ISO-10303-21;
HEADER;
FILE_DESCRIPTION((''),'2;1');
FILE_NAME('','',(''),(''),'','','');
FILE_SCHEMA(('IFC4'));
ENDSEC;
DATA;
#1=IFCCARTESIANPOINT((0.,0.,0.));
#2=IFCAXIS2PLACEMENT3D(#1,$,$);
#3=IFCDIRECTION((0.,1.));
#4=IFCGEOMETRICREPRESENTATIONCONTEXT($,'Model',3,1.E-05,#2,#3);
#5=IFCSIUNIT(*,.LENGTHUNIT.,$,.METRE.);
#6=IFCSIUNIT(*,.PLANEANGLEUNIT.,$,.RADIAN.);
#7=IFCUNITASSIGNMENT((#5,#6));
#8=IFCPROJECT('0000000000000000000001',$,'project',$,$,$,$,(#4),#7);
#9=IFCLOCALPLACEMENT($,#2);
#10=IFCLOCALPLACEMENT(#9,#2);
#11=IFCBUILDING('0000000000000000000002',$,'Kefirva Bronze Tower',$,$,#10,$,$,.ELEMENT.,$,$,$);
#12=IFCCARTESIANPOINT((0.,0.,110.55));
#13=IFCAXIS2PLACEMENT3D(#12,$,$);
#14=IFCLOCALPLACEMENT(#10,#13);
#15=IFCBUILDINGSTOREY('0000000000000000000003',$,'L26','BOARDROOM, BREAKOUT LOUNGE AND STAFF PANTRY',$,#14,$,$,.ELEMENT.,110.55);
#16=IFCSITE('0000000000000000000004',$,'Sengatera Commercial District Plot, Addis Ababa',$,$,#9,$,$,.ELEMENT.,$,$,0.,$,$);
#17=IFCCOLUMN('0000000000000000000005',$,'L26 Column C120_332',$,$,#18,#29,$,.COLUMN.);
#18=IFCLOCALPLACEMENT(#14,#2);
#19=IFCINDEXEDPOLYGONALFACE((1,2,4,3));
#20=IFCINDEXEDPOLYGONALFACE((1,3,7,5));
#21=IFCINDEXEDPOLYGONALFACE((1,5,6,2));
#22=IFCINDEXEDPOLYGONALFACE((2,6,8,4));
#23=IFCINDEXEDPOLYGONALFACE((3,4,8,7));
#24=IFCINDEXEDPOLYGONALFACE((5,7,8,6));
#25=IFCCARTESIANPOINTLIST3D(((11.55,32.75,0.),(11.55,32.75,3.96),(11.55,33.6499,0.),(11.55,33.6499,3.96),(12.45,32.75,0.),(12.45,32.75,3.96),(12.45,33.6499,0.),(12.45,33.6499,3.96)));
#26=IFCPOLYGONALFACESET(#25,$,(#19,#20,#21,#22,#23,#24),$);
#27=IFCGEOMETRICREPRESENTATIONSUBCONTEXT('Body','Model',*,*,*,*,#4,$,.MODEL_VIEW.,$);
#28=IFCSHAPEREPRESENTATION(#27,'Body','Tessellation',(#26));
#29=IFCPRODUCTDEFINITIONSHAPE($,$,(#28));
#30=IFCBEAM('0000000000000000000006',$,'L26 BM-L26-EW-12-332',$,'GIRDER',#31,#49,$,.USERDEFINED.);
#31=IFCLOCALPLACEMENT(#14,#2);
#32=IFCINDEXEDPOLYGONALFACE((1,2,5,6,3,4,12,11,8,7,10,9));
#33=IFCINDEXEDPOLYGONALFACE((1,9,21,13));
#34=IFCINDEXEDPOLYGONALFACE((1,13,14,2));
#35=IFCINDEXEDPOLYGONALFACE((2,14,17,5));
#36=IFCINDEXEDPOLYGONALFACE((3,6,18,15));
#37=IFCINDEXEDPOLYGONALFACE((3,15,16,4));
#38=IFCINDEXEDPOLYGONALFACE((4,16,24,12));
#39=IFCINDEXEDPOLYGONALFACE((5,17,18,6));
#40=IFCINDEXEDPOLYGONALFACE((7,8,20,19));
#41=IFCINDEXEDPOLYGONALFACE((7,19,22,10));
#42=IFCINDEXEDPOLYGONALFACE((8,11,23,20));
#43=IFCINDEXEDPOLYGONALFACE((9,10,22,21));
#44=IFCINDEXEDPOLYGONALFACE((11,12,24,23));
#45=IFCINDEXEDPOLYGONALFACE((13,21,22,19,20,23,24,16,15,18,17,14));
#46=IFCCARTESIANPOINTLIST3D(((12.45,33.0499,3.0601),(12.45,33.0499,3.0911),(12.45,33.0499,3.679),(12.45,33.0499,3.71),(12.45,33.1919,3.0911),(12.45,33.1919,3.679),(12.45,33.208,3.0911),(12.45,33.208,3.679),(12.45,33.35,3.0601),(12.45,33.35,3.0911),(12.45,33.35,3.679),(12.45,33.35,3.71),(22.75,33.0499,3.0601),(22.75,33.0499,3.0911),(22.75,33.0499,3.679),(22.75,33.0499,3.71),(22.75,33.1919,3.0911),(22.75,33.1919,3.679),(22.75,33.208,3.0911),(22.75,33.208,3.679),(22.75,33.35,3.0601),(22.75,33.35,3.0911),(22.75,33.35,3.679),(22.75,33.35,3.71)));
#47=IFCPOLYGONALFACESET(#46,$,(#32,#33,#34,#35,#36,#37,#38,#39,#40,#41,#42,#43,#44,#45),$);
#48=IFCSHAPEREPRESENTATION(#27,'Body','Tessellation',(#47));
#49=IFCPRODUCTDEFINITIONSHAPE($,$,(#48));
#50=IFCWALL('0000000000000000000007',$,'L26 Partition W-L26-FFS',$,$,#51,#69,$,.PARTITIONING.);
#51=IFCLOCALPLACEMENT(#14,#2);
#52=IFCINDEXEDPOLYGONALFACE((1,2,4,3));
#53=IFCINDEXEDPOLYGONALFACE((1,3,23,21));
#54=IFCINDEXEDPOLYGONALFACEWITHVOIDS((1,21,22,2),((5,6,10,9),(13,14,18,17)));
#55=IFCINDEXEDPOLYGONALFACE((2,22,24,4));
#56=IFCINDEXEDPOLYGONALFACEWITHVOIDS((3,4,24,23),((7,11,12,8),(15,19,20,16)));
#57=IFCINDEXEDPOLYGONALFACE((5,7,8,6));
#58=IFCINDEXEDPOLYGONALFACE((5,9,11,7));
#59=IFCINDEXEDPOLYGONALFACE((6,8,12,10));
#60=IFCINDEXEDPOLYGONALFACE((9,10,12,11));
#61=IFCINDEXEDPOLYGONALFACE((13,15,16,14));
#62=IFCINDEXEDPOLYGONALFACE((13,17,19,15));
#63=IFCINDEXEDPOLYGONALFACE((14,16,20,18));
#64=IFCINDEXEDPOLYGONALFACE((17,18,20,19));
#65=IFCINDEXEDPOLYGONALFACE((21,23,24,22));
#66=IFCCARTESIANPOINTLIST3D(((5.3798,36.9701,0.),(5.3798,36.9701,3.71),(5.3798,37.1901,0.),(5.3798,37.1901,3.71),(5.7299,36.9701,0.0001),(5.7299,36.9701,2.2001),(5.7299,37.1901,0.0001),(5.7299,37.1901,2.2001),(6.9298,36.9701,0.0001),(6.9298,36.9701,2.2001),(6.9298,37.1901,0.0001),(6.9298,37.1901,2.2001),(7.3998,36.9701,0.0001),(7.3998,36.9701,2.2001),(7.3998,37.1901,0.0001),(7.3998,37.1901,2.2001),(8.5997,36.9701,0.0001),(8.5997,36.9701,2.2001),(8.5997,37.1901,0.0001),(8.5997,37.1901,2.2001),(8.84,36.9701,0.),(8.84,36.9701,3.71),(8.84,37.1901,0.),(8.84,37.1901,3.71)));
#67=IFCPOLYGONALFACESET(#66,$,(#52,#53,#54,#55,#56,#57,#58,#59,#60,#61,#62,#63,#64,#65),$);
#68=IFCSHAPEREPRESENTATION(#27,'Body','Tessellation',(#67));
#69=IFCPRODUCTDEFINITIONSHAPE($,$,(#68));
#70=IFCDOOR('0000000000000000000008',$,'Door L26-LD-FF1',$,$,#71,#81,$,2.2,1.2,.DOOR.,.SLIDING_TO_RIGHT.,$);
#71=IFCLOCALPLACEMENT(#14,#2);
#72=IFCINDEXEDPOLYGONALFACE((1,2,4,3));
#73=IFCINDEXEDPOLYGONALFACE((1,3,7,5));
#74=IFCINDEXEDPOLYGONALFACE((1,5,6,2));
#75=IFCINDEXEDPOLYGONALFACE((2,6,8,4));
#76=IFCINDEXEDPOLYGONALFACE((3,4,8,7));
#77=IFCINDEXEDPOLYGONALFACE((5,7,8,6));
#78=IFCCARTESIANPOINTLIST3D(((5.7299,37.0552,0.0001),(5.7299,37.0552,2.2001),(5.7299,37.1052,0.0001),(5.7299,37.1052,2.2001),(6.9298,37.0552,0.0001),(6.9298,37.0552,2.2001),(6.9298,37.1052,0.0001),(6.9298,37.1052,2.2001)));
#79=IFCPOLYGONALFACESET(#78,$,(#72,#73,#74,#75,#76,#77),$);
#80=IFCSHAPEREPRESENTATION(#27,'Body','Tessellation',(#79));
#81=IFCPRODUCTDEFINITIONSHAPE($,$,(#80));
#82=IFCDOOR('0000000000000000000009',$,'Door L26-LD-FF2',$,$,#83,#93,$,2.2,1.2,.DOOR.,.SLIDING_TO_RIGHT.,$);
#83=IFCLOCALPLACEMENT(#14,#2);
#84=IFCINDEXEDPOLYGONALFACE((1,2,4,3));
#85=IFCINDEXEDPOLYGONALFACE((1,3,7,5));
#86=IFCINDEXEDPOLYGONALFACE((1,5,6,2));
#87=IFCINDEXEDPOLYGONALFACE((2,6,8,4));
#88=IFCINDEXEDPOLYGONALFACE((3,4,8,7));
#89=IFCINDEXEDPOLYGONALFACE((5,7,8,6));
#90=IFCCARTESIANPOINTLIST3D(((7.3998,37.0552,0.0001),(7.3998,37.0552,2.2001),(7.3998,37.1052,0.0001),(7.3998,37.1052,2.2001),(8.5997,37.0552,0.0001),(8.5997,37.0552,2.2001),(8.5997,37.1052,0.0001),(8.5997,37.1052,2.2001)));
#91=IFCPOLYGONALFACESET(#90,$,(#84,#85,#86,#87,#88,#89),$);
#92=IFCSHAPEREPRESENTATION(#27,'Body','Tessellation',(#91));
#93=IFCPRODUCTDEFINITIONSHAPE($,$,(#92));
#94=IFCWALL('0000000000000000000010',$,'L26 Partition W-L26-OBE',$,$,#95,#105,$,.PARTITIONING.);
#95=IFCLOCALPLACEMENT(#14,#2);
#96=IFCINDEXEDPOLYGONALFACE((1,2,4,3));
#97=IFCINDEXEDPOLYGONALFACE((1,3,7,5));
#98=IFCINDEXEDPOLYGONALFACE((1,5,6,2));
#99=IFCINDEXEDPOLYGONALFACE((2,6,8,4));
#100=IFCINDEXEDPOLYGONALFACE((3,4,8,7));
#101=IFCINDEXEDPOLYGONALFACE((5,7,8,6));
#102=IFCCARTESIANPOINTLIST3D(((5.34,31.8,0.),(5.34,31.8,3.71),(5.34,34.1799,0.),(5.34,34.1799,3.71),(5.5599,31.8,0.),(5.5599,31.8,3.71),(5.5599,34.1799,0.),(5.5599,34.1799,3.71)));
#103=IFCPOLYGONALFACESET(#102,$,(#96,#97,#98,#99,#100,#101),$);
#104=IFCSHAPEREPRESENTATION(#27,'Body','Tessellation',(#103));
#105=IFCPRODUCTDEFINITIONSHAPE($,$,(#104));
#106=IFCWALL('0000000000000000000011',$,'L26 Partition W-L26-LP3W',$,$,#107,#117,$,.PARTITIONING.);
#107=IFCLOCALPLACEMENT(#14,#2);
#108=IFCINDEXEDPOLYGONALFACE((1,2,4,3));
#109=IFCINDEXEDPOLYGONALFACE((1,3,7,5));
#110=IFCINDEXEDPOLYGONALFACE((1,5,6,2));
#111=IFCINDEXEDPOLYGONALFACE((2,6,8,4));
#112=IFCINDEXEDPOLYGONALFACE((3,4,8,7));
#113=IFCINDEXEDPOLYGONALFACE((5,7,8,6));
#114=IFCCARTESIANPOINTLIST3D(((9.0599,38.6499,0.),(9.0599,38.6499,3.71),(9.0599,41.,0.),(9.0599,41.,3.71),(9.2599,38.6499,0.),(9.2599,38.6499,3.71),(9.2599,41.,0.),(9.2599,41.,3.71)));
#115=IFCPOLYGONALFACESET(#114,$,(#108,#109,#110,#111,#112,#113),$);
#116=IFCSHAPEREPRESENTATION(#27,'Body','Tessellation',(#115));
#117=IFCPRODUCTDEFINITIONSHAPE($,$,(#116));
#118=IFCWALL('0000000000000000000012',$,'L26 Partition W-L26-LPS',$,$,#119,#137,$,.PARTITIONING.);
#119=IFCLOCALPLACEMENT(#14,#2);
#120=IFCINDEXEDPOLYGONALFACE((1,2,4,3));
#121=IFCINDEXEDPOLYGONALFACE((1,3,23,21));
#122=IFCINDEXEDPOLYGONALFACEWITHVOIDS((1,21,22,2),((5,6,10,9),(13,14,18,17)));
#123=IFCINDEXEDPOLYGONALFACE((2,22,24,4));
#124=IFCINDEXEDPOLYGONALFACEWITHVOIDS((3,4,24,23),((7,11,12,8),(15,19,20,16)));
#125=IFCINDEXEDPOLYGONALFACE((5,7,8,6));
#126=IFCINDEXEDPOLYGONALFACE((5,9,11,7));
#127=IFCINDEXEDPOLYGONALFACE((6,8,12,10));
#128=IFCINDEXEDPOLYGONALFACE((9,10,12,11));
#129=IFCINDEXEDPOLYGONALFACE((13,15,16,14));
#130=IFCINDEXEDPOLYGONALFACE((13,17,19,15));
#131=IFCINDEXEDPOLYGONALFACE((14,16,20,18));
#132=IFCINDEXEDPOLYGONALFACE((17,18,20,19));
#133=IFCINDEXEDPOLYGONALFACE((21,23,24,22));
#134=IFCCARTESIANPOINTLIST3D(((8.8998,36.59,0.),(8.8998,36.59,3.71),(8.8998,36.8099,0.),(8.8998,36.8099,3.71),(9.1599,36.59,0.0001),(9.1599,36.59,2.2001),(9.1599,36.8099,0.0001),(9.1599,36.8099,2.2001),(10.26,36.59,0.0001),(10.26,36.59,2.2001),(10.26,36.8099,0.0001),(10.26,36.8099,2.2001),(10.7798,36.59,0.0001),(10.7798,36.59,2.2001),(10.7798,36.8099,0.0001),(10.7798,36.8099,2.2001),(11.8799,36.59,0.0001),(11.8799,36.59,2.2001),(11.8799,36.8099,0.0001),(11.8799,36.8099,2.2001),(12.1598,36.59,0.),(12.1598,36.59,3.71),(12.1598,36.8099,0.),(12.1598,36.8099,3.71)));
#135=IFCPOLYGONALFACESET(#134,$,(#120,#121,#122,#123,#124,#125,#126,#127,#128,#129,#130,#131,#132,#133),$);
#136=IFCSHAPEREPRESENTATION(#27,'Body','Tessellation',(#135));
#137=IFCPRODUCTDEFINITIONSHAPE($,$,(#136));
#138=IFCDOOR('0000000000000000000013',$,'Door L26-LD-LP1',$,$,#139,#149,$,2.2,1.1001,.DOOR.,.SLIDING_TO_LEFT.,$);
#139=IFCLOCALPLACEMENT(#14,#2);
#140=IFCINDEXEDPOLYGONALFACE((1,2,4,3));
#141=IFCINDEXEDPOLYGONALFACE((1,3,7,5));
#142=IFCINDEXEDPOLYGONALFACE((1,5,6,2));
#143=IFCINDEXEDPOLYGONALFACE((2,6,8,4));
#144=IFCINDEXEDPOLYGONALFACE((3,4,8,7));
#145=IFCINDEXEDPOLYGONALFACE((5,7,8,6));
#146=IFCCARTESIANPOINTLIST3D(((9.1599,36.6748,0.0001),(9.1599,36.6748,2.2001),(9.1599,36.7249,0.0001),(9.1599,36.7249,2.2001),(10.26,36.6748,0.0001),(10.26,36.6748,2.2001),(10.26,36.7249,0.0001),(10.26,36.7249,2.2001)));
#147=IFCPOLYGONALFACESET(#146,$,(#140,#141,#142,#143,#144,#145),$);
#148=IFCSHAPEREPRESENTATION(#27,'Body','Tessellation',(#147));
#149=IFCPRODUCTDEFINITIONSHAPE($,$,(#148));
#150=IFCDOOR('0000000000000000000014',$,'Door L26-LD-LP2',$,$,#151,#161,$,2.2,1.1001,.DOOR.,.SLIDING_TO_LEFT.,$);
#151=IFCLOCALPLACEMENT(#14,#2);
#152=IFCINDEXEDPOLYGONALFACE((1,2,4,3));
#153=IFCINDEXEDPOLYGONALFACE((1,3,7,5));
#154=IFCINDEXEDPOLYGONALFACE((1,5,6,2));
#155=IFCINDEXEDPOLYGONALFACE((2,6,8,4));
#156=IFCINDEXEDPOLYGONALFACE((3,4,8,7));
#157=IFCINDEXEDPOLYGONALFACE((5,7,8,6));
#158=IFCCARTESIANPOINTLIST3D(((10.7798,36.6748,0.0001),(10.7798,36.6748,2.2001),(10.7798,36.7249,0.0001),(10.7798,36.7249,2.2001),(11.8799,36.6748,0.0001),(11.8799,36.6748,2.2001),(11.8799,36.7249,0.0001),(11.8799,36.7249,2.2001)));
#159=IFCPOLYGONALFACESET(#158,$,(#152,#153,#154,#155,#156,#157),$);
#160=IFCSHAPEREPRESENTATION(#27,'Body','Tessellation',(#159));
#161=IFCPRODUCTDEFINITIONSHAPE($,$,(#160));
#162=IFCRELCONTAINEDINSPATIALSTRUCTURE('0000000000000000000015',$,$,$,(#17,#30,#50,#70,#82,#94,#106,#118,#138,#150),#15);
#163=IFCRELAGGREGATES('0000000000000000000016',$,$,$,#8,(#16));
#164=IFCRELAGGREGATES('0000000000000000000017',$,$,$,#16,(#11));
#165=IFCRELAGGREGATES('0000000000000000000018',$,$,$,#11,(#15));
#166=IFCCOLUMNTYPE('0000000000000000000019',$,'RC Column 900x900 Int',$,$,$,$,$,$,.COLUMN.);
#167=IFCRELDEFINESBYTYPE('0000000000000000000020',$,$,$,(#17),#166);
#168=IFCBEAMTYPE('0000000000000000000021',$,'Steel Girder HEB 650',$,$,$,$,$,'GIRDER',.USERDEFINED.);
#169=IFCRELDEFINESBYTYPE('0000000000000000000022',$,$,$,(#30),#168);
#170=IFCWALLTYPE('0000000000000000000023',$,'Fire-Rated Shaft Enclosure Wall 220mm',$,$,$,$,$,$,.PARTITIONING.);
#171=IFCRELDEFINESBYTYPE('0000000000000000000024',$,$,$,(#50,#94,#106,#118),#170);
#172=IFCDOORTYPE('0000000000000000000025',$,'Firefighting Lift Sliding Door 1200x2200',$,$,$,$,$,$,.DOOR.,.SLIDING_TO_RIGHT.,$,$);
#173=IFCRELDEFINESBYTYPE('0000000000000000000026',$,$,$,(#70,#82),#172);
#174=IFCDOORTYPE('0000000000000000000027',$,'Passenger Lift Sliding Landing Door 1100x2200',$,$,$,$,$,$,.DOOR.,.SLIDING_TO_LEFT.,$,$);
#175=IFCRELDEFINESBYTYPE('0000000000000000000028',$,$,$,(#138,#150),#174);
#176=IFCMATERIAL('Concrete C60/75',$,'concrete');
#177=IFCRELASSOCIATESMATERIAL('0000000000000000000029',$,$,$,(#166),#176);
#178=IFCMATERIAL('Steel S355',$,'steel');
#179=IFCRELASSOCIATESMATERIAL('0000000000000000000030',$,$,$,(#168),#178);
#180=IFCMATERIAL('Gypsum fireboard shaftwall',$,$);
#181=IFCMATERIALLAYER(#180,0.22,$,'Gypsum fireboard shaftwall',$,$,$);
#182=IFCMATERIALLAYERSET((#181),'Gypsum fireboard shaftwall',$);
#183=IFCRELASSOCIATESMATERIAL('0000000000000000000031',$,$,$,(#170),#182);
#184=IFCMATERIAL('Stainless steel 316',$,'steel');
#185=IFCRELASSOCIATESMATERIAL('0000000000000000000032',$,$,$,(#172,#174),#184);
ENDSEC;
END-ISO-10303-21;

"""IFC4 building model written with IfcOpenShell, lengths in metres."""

from ifc_helpers import new_model, si_unit, direction, frame, frame_2d, origin, origin_2d, place, context, subcontext, project, spatial, rectangle, i_section, extrude, material, layer, layer_set, material_profile, profile_set, type_object, element, fill, save


model = new_model("IFC4")

# Units and contexts
model_context = context("Model", 3, precision=1e-05, world=origin(), true_north=direction((0.0, 1.0)))
body_context = subcontext(model_context, "Body", "Model", "MODEL_VIEW")
ifc_project = project(units=[si_unit("LENGTHUNIT", "METRE"), si_unit("PLANEANGLEUNIT", "RADIAN")], contexts=[model_context])

# Site, building, storey
site_placement = place(None, origin())
site = spatial("IfcSite", under=ifc_project, at=site_placement, Name="Sengatera Commercial District Plot, Addis Ababa", CompositionType="ELEMENT", RefElevation=0.0)
building_placement = place(site_placement, origin())
building = spatial("IfcBuilding", under=site, at=building_placement, Name="Kefirva Bronze Tower", CompositionType="ELEMENT")
storey_placement = place(building_placement, frame((0.0, 0.0, 110.55)))
storey = spatial("IfcBuildingStorey", under=building, at=storey_placement, Name="L26", Description="BOARDROOM, BREAKOUT LOUNGE AND STAFF PANTRY", CompositionType="ELEMENT", Elevation=110.55)

# Column
ifc_material_1 = material(Name="Concrete C60/75", Category="concrete")
ifc_material_profile_1 = material_profile(ifc_material_1, rectangle(XDim=0.8999, YDim=0.8999, at=origin_2d()), Name="RC 900x900")
ifc_profile_set_1 = profile_set([ifc_material_profile_1], Name="Concrete C60/75")
column_type = type_object("IfcColumnType", Name="RC Column 900x900 Int", PredefinedType="COLUMN", material=ifc_profile_set_1)
column_placement = place(storey_placement, frame((12.0, 33.2, 0.0), z_axis=(0.0, 0.0, 1.0), x_axis=(1.0, 0.0, 0.0)))
element("IfcColumn", 1, at=column_placement, inside=storey, type_object=column_type, Name="L26 Column C120_332", PredefinedType="COLUMN", context=body_context, shape_type="SweptSolid", body=[
    extrude(rectangle(XDim=0.8999, YDim=0.8999, at=origin_2d()), origin(), (0.0, 0.0, 1.0), 3.96),
])

# Beam
ifc_material_2 = material(Name="Steel S355", Category="steel")
ifc_material_profile_2 = material_profile(ifc_material_2, i_section(OverallWidth=0.3, OverallDepth=0.6499, WebThickness=0.0161, FlangeThickness=0.031, at=origin_2d()), Name="HEB 650")
ifc_profile_set_2 = profile_set([ifc_material_profile_2], Name="Steel S355")
beam_type = type_object("IfcBeamType", Name="Steel Girder HEB 650", ElementType="GIRDER", PredefinedType="USERDEFINED", material=ifc_profile_set_2)
beam_placement = place(storey_placement, frame((12.45, 33.2, 3.385), z_axis=(1.0, 0.0, 0.0), x_axis=(0.0, 1.0, 0.0)))
element("IfcBeam", 2, at=beam_placement, inside=storey, type_object=beam_type, Name="L26 BM-L26-EW-12-332", ObjectType="GIRDER", PredefinedType="USERDEFINED", context=body_context, shape_type="SweptSolid", body=[
    extrude(i_section(OverallWidth=0.3, OverallDepth=0.6499, WebThickness=0.0161, FlangeThickness=0.031, at=origin_2d()), origin(), (0.0, 0.0, 1.0), 10.3),
])

# Wall, openings, doors
ifc_material_3 = material(Name="Gypsum fireboard shaftwall")
ifc_layer_1 = layer(ifc_material_3, 0.22, Name="Gypsum fireboard shaftwall")
ifc_layer_set_1 = layer_set([ifc_layer_1], Name="Gypsum fireboard shaftwall")
wall_type_1 = type_object("IfcWallType", Name="Fire-Rated Shaft Enclosure Wall 220mm", PredefinedType="PARTITIONING", material=ifc_layer_set_1)
wall_1_placement = place(storey_placement, frame((5.3799, 37.0801, 0.0), z_axis=(0.0, 0.0, 1.0), x_axis=(1.0, 0.0, 0.0)))
wall_1 = element("IfcWall", 3, at=wall_1_placement, inside=storey, type_object=wall_type_1, Name="L26 Partition W-L26-FFS", PredefinedType="PARTITIONING", context=body_context, shape_type="SweptSolid", body=[
    extrude(rectangle(XDim=3.4602, YDim=0.22, at=frame_2d((1.73, 0.0))), origin(), (0.0, 0.0, 1.0), 3.71),
])
opening_1_placement = place(wall_1_placement, frame((1.55, 0.0, 0.0), z_axis=(0.0, 0.0, 1.0), x_axis=(-1.0, 0.0, 0.0)))
opening_1 = element("IfcOpeningElement", 4, at=opening_1_placement, cuts=wall_1, PredefinedType="OPENING", context=body_context, shape_type="SweptSolid", body=[
    extrude(rectangle(XDim=1.2, YDim=2.2, at=frame_2d((0.6001, 1.1001))), frame((0.0, 0.1201, 0.0), z_axis=(0.0, -1.0, 0.0), x_axis=(1.0, 0.0, 0.0)), (0.0, 0.0, 1.0), 0.24),
])
opening_2_placement = place(wall_1_placement, frame((3.22, 0.0, 0.0), z_axis=(0.0, 0.0, 1.0), x_axis=(-1.0, 0.0, 0.0)))
opening_2 = element("IfcOpeningElement", 5, at=opening_2_placement, cuts=wall_1, PredefinedType="OPENING", context=body_context, shape_type="SweptSolid", body=[
    extrude(rectangle(XDim=1.2, YDim=2.2, at=frame_2d((0.6001, 1.1001))), frame((0.0, 0.1201, 0.0), z_axis=(0.0, -1.0, 0.0), x_axis=(1.0, 0.0, 0.0)), (0.0, 0.0, 1.0), 0.24),
])
ifc_material_4 = material(Name="Stainless steel 316", Category="steel")
door_type_1 = type_object("IfcDoorType", Name="Firefighting Lift Sliding Door 1200x2200", OperationType="SLIDING_TO_RIGHT", PredefinedType="DOOR", material=ifc_material_4)
door_1_placement = place(opening_1_placement, origin())
door_1 = element("IfcDoor", 6, at=door_1_placement, inside=storey, type_object=door_type_1, Name="Door L26-LD-FF1", OperationType="SLIDING_TO_RIGHT", OverallHeight=2.2, OverallWidth=1.2, PredefinedType="DOOR", context=body_context, shape_type="SweptSolid", body=[
    extrude(rectangle(XDim=1.2, YDim=2.2, at=frame_2d((0.6001, 1.1001))), frame((0.0, 0.0249, 0.0), z_axis=(0.0, -1.0, 0.0), x_axis=(1.0, 0.0, 0.0)), (0.0, 0.0, 1.0), 0.05),
])
fill(opening_1, door_1)
door_2_placement = place(opening_2_placement, origin())
door_2 = element("IfcDoor", 7, at=door_2_placement, inside=storey, type_object=door_type_1, Name="Door L26-LD-FF2", OperationType="SLIDING_TO_RIGHT", OverallHeight=2.2, OverallWidth=1.2, PredefinedType="DOOR", context=body_context, shape_type="SweptSolid", body=[
    extrude(rectangle(XDim=1.2, YDim=2.2, at=frame_2d((0.6001, 1.1001))), frame((0.0, 0.0249, 0.0), z_axis=(0.0, -1.0, 0.0), x_axis=(1.0, 0.0, 0.0)), (0.0, 0.0, 1.0), 0.05),
])
fill(opening_2, door_2)

# Walls
wall_2_placement = place(storey_placement, frame((5.45, 31.8, 0.0), z_axis=(0.0, 0.0, 1.0), x_axis=(0.0, 1.0, 0.0)))
element("IfcWall", 8, at=wall_2_placement, inside=storey, type_object=wall_type_1, Name="L26 Partition W-L26-OBE", PredefinedType="PARTITIONING", context=body_context, shape_type="SweptSolid", body=[
    extrude(rectangle(XDim=2.3799, YDim=0.22, at=frame_2d((1.1899, 0.0))), origin(), (0.0, 0.0, 1.0), 3.71),
])
wall_3_placement = place(storey_placement, frame((9.1599, 38.6499, 0.0), z_axis=(0.0, 0.0, 1.0), x_axis=(0.0, 1.0, 0.0)))
element("IfcWall", 9, at=wall_3_placement, inside=storey, type_object=wall_type_1, Name="L26 Partition W-L26-LP3W", PredefinedType="PARTITIONING", context=body_context, shape_type="SweptSolid", body=[
    extrude(rectangle(XDim=2.3501, YDim=0.2, at=frame_2d((1.175, 0.0))), origin(), (0.0, 0.0, 1.0), 3.71),
])

# Wall, openings, doors
wall_4_placement = place(storey_placement, frame((8.8999, 36.7, 0.0), z_axis=(0.0, 0.0, 1.0), x_axis=(1.0, 0.0, 0.0)))
wall_4 = element("IfcWall", 10, at=wall_4_placement, inside=storey, type_object=wall_type_1, Name="L26 Partition W-L26-LPS", PredefinedType="PARTITIONING", context=body_context, shape_type="SweptSolid", body=[
    extrude(rectangle(XDim=3.26, YDim=0.22, at=frame_2d((1.6299, 0.0))), origin(), (0.0, 0.0, 1.0), 3.71),
])
opening_3_placement = place(wall_4_placement, frame((0.26, 0.0, 0.0)))
opening_3 = element("IfcOpeningElement", 11, at=opening_3_placement, cuts=wall_4, PredefinedType="OPENING", context=body_context, shape_type="SweptSolid", body=[
    extrude(rectangle(XDim=1.1001, YDim=2.2, at=frame_2d((0.55, 1.1001))), frame((0.0, 0.1201, 0.0), z_axis=(0.0, -1.0, 0.0), x_axis=(1.0, 0.0, 0.0)), (0.0, 0.0, 1.0), 0.24),
])
opening_4_placement = place(wall_4_placement, frame((1.8799, 0.0, 0.0)))
opening_4 = element("IfcOpeningElement", 12, at=opening_4_placement, cuts=wall_4, PredefinedType="OPENING", context=body_context, shape_type="SweptSolid", body=[
    extrude(rectangle(XDim=1.1001, YDim=2.2, at=frame_2d((0.55, 1.1001))), frame((0.0, 0.1201, 0.0), z_axis=(0.0, -1.0, 0.0), x_axis=(1.0, 0.0, 0.0)), (0.0, 0.0, 1.0), 0.24),
])
door_type_2 = type_object("IfcDoorType", Name="Passenger Lift Sliding Landing Door 1100x2200", OperationType="SLIDING_TO_LEFT", PredefinedType="DOOR", material=ifc_material_4)
door_3_placement = place(opening_3_placement, origin())
door_3 = element("IfcDoor", 13, at=door_3_placement, inside=storey, type_object=door_type_2, Name="Door L26-LD-LP1", OperationType="SLIDING_TO_LEFT", OverallHeight=2.2, OverallWidth=1.1001, PredefinedType="DOOR", context=body_context, shape_type="SweptSolid", body=[
    extrude(rectangle(XDim=1.1001, YDim=2.2, at=frame_2d((0.55, 1.1001))), frame((0.0, 0.0249, 0.0), z_axis=(0.0, -1.0, 0.0), x_axis=(1.0, 0.0, 0.0)), (0.0, 0.0, 1.0), 0.05),
])
fill(opening_3, door_3)
door_4_placement = place(opening_4_placement, origin())
door_4 = element("IfcDoor", 14, at=door_4_placement, inside=storey, type_object=door_type_2, Name="Door L26-LD-LP2", OperationType="SLIDING_TO_LEFT", OverallHeight=2.2, OverallWidth=1.1001, PredefinedType="DOOR", context=body_context, shape_type="SweptSolid", body=[
    extrude(rectangle(XDim=1.1001, YDim=2.2, at=frame_2d((0.55, 1.1001))), frame((0.0, 0.0249, 0.0), z_axis=(0.0, -1.0, 0.0), x_axis=(1.0, 0.0, 0.0)), (0.0, 0.0, 1.0), 0.05),
])
fill(opening_4, door_4)

save(model, "model.ifc")
